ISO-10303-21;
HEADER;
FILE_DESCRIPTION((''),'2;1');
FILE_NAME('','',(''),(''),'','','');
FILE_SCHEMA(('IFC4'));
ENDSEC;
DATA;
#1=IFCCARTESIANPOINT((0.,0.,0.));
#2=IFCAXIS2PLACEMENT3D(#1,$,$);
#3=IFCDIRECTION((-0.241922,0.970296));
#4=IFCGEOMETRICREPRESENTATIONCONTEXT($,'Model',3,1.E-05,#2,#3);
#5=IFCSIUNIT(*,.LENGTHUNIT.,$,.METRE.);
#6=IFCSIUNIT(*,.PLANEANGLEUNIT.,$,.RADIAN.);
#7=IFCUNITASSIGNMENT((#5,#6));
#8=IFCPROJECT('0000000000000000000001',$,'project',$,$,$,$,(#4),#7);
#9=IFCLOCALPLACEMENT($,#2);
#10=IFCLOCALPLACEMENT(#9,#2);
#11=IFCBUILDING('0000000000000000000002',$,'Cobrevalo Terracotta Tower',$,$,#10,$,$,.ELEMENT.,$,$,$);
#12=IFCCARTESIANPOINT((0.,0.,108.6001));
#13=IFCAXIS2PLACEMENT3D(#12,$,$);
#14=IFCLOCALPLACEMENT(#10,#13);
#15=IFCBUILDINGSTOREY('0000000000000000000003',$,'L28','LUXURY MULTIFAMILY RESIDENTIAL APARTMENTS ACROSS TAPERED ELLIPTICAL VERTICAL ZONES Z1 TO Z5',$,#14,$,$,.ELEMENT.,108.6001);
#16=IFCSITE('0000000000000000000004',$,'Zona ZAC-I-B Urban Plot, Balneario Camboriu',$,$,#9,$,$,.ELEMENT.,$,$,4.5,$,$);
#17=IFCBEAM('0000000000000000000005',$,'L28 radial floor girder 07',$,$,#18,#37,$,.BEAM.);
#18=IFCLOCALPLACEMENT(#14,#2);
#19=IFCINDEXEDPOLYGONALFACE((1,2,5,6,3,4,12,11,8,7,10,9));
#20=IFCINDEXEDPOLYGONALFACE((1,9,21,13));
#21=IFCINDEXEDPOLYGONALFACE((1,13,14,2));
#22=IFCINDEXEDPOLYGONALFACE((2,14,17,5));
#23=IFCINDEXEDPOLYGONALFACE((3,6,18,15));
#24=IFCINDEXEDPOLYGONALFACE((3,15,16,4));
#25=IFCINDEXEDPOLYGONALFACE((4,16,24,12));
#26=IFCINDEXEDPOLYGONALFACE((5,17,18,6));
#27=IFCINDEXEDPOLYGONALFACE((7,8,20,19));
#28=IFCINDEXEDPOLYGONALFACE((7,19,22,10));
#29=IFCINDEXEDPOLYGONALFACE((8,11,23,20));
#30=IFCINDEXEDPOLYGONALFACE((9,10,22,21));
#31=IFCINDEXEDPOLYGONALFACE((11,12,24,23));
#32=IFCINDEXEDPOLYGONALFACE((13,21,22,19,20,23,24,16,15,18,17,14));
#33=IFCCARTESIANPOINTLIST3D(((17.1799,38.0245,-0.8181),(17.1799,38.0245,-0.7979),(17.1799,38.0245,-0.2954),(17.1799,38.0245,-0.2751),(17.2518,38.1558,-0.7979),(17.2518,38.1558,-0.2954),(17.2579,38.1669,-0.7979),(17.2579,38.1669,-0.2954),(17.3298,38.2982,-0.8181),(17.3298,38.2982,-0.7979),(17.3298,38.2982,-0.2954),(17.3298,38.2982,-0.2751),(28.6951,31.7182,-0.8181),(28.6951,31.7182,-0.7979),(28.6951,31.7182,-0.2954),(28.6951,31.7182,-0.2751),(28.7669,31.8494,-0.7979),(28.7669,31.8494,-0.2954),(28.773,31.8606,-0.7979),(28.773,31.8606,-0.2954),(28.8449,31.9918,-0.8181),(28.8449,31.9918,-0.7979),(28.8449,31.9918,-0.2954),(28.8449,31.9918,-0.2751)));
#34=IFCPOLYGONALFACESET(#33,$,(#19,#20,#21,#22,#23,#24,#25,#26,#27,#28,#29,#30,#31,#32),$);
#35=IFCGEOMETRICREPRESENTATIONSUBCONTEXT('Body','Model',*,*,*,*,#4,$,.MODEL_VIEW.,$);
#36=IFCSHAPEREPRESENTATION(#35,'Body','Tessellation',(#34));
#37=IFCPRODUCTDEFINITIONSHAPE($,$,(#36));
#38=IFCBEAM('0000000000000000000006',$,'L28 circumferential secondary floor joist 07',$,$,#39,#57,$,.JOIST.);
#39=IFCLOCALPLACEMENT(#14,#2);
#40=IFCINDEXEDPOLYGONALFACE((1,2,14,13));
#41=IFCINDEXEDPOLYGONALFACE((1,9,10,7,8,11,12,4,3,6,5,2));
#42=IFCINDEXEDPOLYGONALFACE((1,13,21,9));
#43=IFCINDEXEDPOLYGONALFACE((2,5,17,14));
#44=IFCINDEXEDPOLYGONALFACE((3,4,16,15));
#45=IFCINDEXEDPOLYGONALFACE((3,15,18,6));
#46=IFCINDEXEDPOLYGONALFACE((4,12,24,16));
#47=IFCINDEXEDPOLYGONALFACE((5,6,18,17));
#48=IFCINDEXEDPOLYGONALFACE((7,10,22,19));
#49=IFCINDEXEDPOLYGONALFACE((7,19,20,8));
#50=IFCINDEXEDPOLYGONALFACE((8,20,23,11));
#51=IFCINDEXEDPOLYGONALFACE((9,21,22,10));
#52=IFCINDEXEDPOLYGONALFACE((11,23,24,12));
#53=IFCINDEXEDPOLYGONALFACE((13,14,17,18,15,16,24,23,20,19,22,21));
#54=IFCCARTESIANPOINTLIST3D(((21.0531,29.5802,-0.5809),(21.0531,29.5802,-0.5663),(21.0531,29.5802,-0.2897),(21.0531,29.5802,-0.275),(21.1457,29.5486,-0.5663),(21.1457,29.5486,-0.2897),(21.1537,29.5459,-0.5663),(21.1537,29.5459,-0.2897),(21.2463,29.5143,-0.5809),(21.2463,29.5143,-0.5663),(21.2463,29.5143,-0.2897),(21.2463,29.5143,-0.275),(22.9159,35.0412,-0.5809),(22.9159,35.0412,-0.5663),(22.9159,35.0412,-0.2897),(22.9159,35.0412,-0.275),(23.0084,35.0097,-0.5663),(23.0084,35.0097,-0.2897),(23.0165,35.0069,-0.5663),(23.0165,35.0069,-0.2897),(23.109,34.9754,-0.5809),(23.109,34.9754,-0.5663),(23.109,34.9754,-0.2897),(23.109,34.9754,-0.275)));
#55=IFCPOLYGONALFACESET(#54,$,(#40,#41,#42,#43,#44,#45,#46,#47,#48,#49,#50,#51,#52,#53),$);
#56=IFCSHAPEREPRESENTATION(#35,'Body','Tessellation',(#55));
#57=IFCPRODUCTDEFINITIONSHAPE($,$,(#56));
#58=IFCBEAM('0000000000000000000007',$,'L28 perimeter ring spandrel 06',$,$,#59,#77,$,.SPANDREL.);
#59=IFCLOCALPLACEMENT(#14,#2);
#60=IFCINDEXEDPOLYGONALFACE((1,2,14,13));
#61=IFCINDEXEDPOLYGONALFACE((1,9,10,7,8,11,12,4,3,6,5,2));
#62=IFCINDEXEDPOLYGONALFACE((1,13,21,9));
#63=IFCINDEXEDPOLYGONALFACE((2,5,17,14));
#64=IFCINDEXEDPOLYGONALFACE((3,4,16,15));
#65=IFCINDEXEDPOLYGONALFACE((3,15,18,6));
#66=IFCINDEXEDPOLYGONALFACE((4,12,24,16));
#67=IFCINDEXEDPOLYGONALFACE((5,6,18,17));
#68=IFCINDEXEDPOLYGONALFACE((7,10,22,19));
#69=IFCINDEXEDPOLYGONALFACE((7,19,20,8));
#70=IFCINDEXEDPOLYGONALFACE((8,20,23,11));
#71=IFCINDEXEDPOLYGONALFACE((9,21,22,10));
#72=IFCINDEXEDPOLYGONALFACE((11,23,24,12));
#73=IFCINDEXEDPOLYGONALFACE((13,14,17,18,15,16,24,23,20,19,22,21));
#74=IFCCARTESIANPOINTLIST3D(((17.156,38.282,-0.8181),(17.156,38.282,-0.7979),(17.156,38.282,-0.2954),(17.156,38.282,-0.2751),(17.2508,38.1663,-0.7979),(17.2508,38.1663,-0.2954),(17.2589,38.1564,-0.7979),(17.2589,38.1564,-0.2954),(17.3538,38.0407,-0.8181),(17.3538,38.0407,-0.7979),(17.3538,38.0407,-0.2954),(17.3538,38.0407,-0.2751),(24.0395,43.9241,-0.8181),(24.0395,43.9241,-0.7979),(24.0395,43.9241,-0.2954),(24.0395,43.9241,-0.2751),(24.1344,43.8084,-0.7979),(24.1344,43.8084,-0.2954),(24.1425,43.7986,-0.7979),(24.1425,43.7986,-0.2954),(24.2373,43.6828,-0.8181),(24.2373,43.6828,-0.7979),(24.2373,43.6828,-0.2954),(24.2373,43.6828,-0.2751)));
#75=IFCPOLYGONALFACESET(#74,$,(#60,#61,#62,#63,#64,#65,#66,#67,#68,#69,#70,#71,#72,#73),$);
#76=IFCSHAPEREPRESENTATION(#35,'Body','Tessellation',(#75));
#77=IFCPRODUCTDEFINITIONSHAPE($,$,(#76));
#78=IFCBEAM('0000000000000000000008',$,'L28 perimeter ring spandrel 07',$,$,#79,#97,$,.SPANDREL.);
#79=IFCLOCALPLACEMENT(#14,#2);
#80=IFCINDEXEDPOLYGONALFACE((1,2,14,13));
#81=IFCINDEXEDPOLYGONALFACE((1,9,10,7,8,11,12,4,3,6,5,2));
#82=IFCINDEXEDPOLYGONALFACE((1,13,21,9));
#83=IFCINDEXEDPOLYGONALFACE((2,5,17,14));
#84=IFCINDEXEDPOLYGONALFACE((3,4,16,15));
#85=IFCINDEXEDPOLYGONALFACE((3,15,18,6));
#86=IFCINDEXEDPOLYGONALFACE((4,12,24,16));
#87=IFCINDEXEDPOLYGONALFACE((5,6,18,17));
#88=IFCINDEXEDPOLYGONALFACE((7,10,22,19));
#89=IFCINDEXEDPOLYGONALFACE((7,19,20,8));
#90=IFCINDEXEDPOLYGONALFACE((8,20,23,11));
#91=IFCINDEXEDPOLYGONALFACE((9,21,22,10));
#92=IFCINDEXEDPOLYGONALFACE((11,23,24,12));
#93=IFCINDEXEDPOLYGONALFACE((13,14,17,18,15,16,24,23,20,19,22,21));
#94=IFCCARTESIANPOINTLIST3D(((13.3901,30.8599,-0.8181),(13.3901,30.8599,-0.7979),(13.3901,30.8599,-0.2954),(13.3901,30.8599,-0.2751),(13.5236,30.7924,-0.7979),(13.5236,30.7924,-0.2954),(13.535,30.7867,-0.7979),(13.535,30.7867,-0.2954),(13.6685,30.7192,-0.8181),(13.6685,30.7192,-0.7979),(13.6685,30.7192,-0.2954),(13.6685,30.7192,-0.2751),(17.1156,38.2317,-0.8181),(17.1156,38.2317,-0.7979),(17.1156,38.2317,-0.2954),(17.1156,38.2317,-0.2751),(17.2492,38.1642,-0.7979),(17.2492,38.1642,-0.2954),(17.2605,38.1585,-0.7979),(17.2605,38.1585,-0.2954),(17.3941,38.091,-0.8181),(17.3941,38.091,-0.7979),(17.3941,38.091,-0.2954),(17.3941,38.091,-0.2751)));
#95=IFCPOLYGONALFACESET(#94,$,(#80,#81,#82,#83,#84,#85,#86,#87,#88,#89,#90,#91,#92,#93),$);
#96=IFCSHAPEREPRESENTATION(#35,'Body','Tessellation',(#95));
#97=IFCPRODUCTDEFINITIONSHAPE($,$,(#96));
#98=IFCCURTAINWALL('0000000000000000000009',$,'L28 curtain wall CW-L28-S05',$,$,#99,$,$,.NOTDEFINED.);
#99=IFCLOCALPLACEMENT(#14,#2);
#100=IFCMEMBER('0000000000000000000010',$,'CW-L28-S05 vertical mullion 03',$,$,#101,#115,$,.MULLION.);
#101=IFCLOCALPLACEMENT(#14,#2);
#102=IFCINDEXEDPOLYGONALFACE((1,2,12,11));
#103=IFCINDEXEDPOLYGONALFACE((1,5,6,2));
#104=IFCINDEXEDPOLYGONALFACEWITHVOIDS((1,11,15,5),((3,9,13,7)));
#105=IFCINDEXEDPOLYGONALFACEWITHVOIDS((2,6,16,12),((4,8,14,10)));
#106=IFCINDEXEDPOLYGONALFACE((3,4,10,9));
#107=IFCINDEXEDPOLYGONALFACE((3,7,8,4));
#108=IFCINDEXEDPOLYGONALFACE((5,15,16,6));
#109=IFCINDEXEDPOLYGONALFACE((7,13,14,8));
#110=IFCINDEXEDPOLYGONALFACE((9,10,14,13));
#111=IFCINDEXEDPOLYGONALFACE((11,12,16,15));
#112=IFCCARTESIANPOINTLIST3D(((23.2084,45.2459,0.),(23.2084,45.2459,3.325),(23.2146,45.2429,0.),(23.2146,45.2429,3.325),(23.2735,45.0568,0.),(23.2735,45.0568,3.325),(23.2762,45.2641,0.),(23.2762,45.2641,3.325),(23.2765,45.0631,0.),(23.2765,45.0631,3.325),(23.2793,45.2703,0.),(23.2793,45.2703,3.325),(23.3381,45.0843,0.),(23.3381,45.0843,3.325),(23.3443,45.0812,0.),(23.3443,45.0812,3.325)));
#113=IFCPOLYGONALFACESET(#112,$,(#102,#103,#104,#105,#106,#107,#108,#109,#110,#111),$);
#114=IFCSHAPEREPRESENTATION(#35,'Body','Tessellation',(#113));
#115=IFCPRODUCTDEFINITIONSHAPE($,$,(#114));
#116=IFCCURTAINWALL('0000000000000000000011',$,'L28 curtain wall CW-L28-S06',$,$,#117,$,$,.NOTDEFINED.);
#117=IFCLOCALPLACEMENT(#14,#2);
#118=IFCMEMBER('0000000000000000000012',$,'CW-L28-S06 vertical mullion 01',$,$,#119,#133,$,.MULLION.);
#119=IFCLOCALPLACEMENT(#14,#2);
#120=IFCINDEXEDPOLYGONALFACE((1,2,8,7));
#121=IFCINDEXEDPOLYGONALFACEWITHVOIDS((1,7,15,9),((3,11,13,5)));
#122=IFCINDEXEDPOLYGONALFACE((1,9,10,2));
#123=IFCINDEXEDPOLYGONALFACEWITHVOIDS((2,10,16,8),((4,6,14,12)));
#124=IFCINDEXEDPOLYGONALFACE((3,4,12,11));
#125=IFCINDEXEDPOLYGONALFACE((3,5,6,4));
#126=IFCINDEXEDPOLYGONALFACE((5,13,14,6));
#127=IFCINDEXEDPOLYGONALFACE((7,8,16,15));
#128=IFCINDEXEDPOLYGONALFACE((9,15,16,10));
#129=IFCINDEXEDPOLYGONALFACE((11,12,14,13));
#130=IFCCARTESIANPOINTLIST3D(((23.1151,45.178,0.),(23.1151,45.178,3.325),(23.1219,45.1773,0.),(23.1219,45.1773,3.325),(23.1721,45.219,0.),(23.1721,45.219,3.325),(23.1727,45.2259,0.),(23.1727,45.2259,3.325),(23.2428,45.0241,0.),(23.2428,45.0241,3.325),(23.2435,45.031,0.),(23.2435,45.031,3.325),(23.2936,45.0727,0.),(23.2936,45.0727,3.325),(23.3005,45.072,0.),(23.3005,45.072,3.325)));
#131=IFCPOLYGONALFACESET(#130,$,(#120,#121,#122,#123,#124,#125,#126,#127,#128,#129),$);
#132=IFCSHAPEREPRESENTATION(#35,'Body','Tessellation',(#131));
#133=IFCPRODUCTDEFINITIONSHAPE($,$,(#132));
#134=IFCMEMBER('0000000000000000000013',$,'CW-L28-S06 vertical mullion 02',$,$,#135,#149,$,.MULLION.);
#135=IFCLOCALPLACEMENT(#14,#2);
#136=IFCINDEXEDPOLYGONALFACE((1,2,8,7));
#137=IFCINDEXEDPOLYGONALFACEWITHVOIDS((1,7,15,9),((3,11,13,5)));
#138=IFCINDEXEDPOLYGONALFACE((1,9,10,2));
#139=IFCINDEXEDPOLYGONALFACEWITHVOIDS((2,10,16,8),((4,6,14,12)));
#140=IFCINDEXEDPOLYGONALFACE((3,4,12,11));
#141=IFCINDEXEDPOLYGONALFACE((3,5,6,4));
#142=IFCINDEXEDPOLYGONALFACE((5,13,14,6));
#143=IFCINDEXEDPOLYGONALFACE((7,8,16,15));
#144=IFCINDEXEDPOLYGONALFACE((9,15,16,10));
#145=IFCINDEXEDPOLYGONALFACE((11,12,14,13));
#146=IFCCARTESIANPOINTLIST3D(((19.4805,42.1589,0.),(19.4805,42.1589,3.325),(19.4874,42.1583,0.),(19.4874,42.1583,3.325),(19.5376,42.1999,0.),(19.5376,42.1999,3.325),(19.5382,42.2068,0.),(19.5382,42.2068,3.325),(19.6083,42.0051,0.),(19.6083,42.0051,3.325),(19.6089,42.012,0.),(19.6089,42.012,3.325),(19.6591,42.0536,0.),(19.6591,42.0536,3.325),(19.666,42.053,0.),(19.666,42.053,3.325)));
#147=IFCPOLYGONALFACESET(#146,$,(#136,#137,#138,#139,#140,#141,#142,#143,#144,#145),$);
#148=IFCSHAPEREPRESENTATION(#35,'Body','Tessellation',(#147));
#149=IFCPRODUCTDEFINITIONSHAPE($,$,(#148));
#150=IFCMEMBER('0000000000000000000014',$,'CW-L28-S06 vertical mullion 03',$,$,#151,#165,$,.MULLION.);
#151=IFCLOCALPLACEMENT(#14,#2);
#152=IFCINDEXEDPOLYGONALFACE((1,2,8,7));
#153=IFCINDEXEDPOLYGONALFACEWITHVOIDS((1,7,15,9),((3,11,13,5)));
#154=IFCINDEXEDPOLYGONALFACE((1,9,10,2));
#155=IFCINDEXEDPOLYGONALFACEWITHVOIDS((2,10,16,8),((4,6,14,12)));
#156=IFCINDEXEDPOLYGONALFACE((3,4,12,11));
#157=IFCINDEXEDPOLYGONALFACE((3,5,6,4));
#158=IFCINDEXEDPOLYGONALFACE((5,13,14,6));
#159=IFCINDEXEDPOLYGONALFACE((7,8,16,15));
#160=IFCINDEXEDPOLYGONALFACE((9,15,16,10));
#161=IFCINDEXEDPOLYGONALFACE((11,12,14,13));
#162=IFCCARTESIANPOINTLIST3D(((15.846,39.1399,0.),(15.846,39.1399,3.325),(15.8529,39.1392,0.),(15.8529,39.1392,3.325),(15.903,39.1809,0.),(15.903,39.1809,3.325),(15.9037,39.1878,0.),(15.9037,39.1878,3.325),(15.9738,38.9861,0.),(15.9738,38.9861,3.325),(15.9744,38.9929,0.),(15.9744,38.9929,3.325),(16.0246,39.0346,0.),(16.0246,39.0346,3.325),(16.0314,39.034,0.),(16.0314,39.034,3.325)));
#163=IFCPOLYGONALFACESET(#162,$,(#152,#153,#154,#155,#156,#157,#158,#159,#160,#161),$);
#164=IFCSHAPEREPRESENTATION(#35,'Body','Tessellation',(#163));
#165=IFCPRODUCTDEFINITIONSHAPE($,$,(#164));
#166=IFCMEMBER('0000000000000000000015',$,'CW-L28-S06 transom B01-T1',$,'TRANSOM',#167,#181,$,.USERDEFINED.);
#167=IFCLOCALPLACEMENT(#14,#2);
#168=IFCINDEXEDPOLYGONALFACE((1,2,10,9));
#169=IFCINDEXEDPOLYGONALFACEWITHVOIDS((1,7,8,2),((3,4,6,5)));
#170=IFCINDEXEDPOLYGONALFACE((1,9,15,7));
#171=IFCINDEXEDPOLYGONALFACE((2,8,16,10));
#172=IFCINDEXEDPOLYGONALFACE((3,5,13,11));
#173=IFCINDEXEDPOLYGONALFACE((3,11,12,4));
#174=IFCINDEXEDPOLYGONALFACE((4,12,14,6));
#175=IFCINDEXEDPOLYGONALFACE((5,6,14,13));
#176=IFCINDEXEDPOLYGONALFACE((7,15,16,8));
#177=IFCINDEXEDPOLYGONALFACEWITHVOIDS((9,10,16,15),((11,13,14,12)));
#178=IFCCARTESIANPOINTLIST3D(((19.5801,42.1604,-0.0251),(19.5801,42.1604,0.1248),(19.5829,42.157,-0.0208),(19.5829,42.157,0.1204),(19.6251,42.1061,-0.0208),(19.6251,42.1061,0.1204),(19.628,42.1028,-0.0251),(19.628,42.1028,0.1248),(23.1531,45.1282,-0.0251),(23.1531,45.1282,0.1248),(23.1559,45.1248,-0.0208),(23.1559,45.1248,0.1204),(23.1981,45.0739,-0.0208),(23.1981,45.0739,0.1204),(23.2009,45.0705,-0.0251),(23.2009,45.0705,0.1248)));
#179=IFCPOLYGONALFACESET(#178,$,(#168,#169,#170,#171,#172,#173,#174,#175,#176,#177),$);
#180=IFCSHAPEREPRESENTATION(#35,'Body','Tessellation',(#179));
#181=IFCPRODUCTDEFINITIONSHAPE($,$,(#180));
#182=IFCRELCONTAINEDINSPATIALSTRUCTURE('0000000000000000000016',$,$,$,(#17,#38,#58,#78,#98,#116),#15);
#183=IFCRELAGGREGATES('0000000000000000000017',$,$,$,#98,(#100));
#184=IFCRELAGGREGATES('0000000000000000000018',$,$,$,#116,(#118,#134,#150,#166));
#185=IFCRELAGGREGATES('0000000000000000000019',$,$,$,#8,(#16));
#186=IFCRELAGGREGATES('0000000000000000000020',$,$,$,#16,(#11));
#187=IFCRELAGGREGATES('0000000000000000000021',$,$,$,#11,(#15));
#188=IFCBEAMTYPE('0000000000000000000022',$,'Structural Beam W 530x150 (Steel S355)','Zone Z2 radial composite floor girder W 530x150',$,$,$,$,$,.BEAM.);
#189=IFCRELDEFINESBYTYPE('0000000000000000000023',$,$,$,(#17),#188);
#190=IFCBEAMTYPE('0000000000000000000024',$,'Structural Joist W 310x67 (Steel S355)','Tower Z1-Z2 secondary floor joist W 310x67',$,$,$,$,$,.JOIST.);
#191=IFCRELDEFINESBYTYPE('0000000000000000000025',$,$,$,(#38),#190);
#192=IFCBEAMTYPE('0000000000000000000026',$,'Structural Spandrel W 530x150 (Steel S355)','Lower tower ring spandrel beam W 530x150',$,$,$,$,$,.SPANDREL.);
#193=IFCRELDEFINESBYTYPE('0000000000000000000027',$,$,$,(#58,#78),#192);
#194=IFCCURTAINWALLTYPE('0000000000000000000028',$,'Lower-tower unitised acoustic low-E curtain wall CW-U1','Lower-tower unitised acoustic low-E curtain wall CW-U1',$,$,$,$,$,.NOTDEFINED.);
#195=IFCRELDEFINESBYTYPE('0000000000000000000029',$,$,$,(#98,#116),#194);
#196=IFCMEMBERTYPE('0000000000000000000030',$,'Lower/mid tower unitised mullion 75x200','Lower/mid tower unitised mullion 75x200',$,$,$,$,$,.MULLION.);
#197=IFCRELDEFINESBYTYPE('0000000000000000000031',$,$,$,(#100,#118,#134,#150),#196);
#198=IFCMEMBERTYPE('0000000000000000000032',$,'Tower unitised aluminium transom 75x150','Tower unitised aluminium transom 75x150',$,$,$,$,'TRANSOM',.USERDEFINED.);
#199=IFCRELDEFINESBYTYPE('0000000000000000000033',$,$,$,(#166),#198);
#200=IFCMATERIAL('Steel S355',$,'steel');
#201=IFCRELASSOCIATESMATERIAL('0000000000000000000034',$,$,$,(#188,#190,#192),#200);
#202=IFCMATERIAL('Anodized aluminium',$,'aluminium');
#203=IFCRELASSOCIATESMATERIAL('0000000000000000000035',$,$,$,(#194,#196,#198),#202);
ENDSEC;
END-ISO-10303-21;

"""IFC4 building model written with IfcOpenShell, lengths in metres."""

from ifc_helpers import new_model, si_unit, direction, frame, origin, origin_2d, place, context, subcontext, project, spatial, hollow_rectangle, i_section, extrude, source, transform, mapped, material, material_profile, profile_set, type_object, element, aggregate, save


model = new_model("IFC4")

# Units and contexts
model_context = context("Model", 3, precision=1e-05, world=origin(), true_north=direction((-0.241922, 0.970296)))
body_context = subcontext(model_context, "Body", "Model", "MODEL_VIEW")
ifc_project = project(units=[si_unit("LENGTHUNIT", "METRE"), si_unit("PLANEANGLEUNIT", "RADIAN")], contexts=[model_context])

# Site, building, storey
site_placement = place(None, origin())
site = spatial("IfcSite", under=ifc_project, at=site_placement, Name="Zona ZAC-I-B Urban Plot, Balneario Camboriu", CompositionType="ELEMENT", RefElevation=4.5)
building_placement = place(site_placement, origin())
building = spatial("IfcBuilding", under=site, at=building_placement, Name="Cobrevalo Terracotta Tower", CompositionType="ELEMENT")
storey_placement = place(building_placement, frame((0.0, 0.0, 108.6001)))
storey = spatial("IfcBuildingStorey", under=building, at=storey_placement, Name="L28", Description="LUXURY MULTIFAMILY RESIDENTIAL APARTMENTS ACROSS TAPERED ELLIPTICAL VERTICAL ZONES Z1 TO Z5", CompositionType="ELEMENT", Elevation=108.6001)

# Shared definitions
ifc_material_1 = material(Name="Steel S355", Category="steel")

# Beams
ifc_material_profile_1 = material_profile(ifc_material_1, i_section(OverallWidth=0.312, OverallDepth=0.543, WebThickness=0.0127, FlangeThickness=0.0203, at=origin_2d()), Name="W 530x150")
ifc_profile_set_1 = profile_set([ifc_material_profile_1], Name="Steel S355")
beam_type_1 = type_object("IfcBeamType", Name="Structural Beam W 530x150 (Steel S355)", Description="Zone Z2 radial composite floor girder W 530x150", PredefinedType="BEAM", material=ifc_profile_set_1)
beam_1_placement = place(storey_placement, frame((17.2549, 38.1614, -0.5466), z_axis=(0.877081, -0.480343, 0.0), x_axis=(0.480343, 0.877081, 0.0)))
element("IfcBeam", 1, at=beam_1_placement, inside=storey, type_object=beam_type_1, Name="L28 radial floor girder 07", PredefinedType="BEAM", context=body_context, shape_type="SweptSolid", body=[
    extrude(i_section(OverallWidth=0.312, OverallDepth=0.543, WebThickness=0.0127, FlangeThickness=0.0203, at=origin_2d()), origin(), (0.0, 0.0, 1.0), 13.1289),
])
ifc_material_profile_2 = material_profile(ifc_material_1, i_section(OverallWidth=0.2041, OverallDepth=0.3059, WebThickness=0.0085, FlangeThickness=0.0146, at=origin_2d()), Name="W 310x67")
ifc_profile_set_2 = profile_set([ifc_material_profile_2], Name="Steel S355")
beam_type_2 = type_object("IfcBeamType", Name="Structural Joist W 310x67 (Steel S355)", Description="Tower Z1-Z2 secondary floor joist W 310x67", PredefinedType="JOIST", material=ifc_profile_set_2)
beam_2_placement = place(storey_placement, frame((23.0125, 35.0083, -0.428), z_axis=(-0.322833, -0.946456, 0.0), x_axis=(0.946456, -0.322833, 0.0)))
element("IfcBeam", 2, at=beam_2_placement, inside=storey, type_object=beam_type_2, Name="L28 circumferential secondary floor joist 07", PredefinedType="JOIST", context=body_context, shape_type="SweptSolid", body=[
    extrude(i_section(OverallWidth=0.2041, OverallDepth=0.3059, WebThickness=0.0085, FlangeThickness=0.0146, at=origin_2d()), origin(), (0.0, 0.0, 1.0), 5.77),
])
ifc_material_profile_3 = material_profile(ifc_material_1, i_section(OverallWidth=0.312, OverallDepth=0.543, WebThickness=0.0127, FlangeThickness=0.0203, at=origin_2d()), Name="W 530x150")
ifc_profile_set_3 = profile_set([ifc_material_profile_3], Name="Steel S355")
beam_type_3 = type_object("IfcBeamType", Name="Structural Spandrel W 530x150 (Steel S355)", Description="Lower tower ring spandrel beam W 530x150", PredefinedType="SPANDREL", material=ifc_profile_set_3)
beam_3_placement = place(storey_placement, frame((24.1384, 43.8035, -0.5466), z_axis=(-0.773401, -0.633917, 0.0), x_axis=(0.633917, -0.773401, 0.0)))
element("IfcBeam", 3, at=beam_3_placement, inside=storey, type_object=beam_type_3, Name="L28 perimeter ring spandrel 06", PredefinedType="SPANDREL", context=body_context, shape_type="SweptSolid", body=[
    extrude(i_section(OverallWidth=0.312, OverallDepth=0.543, WebThickness=0.0127, FlangeThickness=0.0203, at=origin_2d()), origin(), (0.0, 0.0, 1.0), 8.9004),
])
beam_4_placement = place(storey_placement, frame((17.2549, 38.1614, -0.5466), z_axis=(-0.451052, -0.892498, 0.0), x_axis=(0.892498, -0.451052, 0.0)))
element("IfcBeam", 4, at=beam_4_placement, inside=storey, type_object=beam_type_3, Name="L28 perimeter ring spandrel 07", PredefinedType="SPANDREL", context=body_context, shape_type="SweptSolid", body=[
    extrude(i_section(OverallWidth=0.312, OverallDepth=0.543, WebThickness=0.0127, FlangeThickness=0.0203, at=origin_2d()), origin(), (0.0, 0.0, 1.0), 8.2598),
])

# Curtain wall, member
ifc_material_2 = material(Name="Anodized aluminium", Category="aluminium")
curtain_wall_type = type_object("IfcCurtainWallType", Name="Lower-tower unitised acoustic low-E curtain wall CW-U1", Description="Lower-tower unitised acoustic low-E curtain wall CW-U1", PredefinedType="NOTDEFINED", material=ifc_material_2)
curtain_wall_1_placement = place(storey_placement, origin())
curtain_wall_1 = element("IfcCurtainWall", 5, at=curtain_wall_1_placement, inside=storey, type_object=curtain_wall_type, Name="L28 curtain wall CW-L28-S05", PredefinedType="NOTDEFINED")
ifc_material_profile_4 = material_profile(ifc_material_2, hollow_rectangle(XDim=0.075, YDim=0.2, WallThickness=0.0049, at=origin_2d()), Name="CWM 75x200")
ifc_profile_set_4 = profile_set([ifc_material_profile_4], Name="Anodized aluminium")
member_type_1 = type_object("IfcMemberType", Name="Lower/mid tower unitised mullion 75x200", Description="Lower/mid tower unitised mullion 75x200", PredefinedType="MULLION", material=ifc_profile_set_4)
shared_shape_1 = source(origin(), body_context, "Body", "SweptSolid", [
    extrude(hollow_rectangle(XDim=0.075, YDim=0.2, WallThickness=0.0049, at=origin_2d()), origin(), (0.0, 0.0, 1.0), 3.325),
])
member_1_placement = place(storey_placement, frame((23.2764, 45.1636, 0.0), z_axis=(0.0, 0.0, 1.0), x_axis=(-0.945598, -0.325337, 0.0)))
member_1 = element("IfcMember", 6, at=member_1_placement, type_object=member_type_1, Name="CW-L28-S05 vertical mullion 03", PredefinedType="MULLION", context=body_context, shape_type="MappedRepresentation", body=[
    mapped(shared_shape_1, transform((0.0, 0.0, 0.0), scale=1.0)),
])
aggregate(curtain_wall_1, [member_1])

# Curtain wall, members
curtain_wall_2_placement = place(storey_placement, origin())
curtain_wall_2 = element("IfcCurtainWall", 7, at=curtain_wall_2_placement, inside=storey, type_object=curtain_wall_type, Name="L28 curtain wall CW-L28-S06", PredefinedType="NOTDEFINED")
member_2_placement = place(storey_placement, frame((23.2078, 45.125, 0.0), z_axis=(0.0, 0.0, 1.0), x_axis=(-0.769243, -0.638956, 0.0)))
member_2 = element("IfcMember", 8, at=member_2_placement, type_object=member_type_1, Name="CW-L28-S06 vertical mullion 01", PredefinedType="MULLION", context=body_context, shape_type="MappedRepresentation", body=[
    mapped(shared_shape_1, transform((0.0, 0.0, 0.0), scale=1.0)),
])
member_3_placement = place(storey_placement, frame((19.5732, 42.106, 0.0), z_axis=(0.0, 0.0, 1.0), x_axis=(-0.769243, -0.638956, 0.0)))
member_3 = element("IfcMember", 9, at=member_3_placement, type_object=member_type_1, Name="CW-L28-S06 vertical mullion 02", PredefinedType="MULLION", context=body_context, shape_type="MappedRepresentation", body=[
    mapped(shared_shape_1, transform((0.0, 0.0, 0.0), scale=1.0)),
])
member_4_placement = place(storey_placement, frame((15.9387, 39.0869, 0.0), z_axis=(0.0, 0.0, 1.0), x_axis=(-0.769243, -0.638956, 0.0)))
member_4 = element("IfcMember", 10, at=member_4_placement, type_object=member_type_1, Name="CW-L28-S06 vertical mullion 03", PredefinedType="MULLION", context=body_context, shape_type="MappedRepresentation", body=[
    mapped(shared_shape_1, transform((0.0, 0.0, 0.0), scale=1.0)),
])
ifc_material_profile_5 = material_profile(ifc_material_2, hollow_rectangle(XDim=0.075, YDim=0.1499, WallThickness=0.0044, at=origin_2d()), Name="CWT 75x150")
ifc_profile_set_5 = profile_set([ifc_material_profile_5], Name="Anodized aluminium")
member_type_2 = type_object("IfcMemberType", Name="Tower unitised aluminium transom 75x150", Description="Tower unitised aluminium transom 75x150", ElementType="TRANSOM", PredefinedType="USERDEFINED", material=ifc_profile_set_5)
shared_shape_2 = source(origin(), body_context, "Body", "SweptSolid", [
    extrude(hollow_rectangle(XDim=0.075, YDim=0.1499, WallThickness=0.0044, at=origin_2d()), origin(), (0.0, 0.0, 1.0), 4.6448),
])
member_5_placement = place(storey_placement, frame((23.177, 45.0994, 0.0498), z_axis=(-0.76925, -0.638948, 0.0), x_axis=(0.638948, -0.76925, 0.0)))
member_5 = element("IfcMember", 11, at=member_5_placement, type_object=member_type_2, Name="CW-L28-S06 transom B01-T1", ObjectType="TRANSOM", PredefinedType="USERDEFINED", context=body_context, shape_type="MappedRepresentation", body=[
    mapped(shared_shape_2, transform((0.0, 0.0, 0.0), scale=1.0)),
])
aggregate(curtain_wall_2, [member_2, member_3, member_4, member_5])

save(model, "model.ifc")
